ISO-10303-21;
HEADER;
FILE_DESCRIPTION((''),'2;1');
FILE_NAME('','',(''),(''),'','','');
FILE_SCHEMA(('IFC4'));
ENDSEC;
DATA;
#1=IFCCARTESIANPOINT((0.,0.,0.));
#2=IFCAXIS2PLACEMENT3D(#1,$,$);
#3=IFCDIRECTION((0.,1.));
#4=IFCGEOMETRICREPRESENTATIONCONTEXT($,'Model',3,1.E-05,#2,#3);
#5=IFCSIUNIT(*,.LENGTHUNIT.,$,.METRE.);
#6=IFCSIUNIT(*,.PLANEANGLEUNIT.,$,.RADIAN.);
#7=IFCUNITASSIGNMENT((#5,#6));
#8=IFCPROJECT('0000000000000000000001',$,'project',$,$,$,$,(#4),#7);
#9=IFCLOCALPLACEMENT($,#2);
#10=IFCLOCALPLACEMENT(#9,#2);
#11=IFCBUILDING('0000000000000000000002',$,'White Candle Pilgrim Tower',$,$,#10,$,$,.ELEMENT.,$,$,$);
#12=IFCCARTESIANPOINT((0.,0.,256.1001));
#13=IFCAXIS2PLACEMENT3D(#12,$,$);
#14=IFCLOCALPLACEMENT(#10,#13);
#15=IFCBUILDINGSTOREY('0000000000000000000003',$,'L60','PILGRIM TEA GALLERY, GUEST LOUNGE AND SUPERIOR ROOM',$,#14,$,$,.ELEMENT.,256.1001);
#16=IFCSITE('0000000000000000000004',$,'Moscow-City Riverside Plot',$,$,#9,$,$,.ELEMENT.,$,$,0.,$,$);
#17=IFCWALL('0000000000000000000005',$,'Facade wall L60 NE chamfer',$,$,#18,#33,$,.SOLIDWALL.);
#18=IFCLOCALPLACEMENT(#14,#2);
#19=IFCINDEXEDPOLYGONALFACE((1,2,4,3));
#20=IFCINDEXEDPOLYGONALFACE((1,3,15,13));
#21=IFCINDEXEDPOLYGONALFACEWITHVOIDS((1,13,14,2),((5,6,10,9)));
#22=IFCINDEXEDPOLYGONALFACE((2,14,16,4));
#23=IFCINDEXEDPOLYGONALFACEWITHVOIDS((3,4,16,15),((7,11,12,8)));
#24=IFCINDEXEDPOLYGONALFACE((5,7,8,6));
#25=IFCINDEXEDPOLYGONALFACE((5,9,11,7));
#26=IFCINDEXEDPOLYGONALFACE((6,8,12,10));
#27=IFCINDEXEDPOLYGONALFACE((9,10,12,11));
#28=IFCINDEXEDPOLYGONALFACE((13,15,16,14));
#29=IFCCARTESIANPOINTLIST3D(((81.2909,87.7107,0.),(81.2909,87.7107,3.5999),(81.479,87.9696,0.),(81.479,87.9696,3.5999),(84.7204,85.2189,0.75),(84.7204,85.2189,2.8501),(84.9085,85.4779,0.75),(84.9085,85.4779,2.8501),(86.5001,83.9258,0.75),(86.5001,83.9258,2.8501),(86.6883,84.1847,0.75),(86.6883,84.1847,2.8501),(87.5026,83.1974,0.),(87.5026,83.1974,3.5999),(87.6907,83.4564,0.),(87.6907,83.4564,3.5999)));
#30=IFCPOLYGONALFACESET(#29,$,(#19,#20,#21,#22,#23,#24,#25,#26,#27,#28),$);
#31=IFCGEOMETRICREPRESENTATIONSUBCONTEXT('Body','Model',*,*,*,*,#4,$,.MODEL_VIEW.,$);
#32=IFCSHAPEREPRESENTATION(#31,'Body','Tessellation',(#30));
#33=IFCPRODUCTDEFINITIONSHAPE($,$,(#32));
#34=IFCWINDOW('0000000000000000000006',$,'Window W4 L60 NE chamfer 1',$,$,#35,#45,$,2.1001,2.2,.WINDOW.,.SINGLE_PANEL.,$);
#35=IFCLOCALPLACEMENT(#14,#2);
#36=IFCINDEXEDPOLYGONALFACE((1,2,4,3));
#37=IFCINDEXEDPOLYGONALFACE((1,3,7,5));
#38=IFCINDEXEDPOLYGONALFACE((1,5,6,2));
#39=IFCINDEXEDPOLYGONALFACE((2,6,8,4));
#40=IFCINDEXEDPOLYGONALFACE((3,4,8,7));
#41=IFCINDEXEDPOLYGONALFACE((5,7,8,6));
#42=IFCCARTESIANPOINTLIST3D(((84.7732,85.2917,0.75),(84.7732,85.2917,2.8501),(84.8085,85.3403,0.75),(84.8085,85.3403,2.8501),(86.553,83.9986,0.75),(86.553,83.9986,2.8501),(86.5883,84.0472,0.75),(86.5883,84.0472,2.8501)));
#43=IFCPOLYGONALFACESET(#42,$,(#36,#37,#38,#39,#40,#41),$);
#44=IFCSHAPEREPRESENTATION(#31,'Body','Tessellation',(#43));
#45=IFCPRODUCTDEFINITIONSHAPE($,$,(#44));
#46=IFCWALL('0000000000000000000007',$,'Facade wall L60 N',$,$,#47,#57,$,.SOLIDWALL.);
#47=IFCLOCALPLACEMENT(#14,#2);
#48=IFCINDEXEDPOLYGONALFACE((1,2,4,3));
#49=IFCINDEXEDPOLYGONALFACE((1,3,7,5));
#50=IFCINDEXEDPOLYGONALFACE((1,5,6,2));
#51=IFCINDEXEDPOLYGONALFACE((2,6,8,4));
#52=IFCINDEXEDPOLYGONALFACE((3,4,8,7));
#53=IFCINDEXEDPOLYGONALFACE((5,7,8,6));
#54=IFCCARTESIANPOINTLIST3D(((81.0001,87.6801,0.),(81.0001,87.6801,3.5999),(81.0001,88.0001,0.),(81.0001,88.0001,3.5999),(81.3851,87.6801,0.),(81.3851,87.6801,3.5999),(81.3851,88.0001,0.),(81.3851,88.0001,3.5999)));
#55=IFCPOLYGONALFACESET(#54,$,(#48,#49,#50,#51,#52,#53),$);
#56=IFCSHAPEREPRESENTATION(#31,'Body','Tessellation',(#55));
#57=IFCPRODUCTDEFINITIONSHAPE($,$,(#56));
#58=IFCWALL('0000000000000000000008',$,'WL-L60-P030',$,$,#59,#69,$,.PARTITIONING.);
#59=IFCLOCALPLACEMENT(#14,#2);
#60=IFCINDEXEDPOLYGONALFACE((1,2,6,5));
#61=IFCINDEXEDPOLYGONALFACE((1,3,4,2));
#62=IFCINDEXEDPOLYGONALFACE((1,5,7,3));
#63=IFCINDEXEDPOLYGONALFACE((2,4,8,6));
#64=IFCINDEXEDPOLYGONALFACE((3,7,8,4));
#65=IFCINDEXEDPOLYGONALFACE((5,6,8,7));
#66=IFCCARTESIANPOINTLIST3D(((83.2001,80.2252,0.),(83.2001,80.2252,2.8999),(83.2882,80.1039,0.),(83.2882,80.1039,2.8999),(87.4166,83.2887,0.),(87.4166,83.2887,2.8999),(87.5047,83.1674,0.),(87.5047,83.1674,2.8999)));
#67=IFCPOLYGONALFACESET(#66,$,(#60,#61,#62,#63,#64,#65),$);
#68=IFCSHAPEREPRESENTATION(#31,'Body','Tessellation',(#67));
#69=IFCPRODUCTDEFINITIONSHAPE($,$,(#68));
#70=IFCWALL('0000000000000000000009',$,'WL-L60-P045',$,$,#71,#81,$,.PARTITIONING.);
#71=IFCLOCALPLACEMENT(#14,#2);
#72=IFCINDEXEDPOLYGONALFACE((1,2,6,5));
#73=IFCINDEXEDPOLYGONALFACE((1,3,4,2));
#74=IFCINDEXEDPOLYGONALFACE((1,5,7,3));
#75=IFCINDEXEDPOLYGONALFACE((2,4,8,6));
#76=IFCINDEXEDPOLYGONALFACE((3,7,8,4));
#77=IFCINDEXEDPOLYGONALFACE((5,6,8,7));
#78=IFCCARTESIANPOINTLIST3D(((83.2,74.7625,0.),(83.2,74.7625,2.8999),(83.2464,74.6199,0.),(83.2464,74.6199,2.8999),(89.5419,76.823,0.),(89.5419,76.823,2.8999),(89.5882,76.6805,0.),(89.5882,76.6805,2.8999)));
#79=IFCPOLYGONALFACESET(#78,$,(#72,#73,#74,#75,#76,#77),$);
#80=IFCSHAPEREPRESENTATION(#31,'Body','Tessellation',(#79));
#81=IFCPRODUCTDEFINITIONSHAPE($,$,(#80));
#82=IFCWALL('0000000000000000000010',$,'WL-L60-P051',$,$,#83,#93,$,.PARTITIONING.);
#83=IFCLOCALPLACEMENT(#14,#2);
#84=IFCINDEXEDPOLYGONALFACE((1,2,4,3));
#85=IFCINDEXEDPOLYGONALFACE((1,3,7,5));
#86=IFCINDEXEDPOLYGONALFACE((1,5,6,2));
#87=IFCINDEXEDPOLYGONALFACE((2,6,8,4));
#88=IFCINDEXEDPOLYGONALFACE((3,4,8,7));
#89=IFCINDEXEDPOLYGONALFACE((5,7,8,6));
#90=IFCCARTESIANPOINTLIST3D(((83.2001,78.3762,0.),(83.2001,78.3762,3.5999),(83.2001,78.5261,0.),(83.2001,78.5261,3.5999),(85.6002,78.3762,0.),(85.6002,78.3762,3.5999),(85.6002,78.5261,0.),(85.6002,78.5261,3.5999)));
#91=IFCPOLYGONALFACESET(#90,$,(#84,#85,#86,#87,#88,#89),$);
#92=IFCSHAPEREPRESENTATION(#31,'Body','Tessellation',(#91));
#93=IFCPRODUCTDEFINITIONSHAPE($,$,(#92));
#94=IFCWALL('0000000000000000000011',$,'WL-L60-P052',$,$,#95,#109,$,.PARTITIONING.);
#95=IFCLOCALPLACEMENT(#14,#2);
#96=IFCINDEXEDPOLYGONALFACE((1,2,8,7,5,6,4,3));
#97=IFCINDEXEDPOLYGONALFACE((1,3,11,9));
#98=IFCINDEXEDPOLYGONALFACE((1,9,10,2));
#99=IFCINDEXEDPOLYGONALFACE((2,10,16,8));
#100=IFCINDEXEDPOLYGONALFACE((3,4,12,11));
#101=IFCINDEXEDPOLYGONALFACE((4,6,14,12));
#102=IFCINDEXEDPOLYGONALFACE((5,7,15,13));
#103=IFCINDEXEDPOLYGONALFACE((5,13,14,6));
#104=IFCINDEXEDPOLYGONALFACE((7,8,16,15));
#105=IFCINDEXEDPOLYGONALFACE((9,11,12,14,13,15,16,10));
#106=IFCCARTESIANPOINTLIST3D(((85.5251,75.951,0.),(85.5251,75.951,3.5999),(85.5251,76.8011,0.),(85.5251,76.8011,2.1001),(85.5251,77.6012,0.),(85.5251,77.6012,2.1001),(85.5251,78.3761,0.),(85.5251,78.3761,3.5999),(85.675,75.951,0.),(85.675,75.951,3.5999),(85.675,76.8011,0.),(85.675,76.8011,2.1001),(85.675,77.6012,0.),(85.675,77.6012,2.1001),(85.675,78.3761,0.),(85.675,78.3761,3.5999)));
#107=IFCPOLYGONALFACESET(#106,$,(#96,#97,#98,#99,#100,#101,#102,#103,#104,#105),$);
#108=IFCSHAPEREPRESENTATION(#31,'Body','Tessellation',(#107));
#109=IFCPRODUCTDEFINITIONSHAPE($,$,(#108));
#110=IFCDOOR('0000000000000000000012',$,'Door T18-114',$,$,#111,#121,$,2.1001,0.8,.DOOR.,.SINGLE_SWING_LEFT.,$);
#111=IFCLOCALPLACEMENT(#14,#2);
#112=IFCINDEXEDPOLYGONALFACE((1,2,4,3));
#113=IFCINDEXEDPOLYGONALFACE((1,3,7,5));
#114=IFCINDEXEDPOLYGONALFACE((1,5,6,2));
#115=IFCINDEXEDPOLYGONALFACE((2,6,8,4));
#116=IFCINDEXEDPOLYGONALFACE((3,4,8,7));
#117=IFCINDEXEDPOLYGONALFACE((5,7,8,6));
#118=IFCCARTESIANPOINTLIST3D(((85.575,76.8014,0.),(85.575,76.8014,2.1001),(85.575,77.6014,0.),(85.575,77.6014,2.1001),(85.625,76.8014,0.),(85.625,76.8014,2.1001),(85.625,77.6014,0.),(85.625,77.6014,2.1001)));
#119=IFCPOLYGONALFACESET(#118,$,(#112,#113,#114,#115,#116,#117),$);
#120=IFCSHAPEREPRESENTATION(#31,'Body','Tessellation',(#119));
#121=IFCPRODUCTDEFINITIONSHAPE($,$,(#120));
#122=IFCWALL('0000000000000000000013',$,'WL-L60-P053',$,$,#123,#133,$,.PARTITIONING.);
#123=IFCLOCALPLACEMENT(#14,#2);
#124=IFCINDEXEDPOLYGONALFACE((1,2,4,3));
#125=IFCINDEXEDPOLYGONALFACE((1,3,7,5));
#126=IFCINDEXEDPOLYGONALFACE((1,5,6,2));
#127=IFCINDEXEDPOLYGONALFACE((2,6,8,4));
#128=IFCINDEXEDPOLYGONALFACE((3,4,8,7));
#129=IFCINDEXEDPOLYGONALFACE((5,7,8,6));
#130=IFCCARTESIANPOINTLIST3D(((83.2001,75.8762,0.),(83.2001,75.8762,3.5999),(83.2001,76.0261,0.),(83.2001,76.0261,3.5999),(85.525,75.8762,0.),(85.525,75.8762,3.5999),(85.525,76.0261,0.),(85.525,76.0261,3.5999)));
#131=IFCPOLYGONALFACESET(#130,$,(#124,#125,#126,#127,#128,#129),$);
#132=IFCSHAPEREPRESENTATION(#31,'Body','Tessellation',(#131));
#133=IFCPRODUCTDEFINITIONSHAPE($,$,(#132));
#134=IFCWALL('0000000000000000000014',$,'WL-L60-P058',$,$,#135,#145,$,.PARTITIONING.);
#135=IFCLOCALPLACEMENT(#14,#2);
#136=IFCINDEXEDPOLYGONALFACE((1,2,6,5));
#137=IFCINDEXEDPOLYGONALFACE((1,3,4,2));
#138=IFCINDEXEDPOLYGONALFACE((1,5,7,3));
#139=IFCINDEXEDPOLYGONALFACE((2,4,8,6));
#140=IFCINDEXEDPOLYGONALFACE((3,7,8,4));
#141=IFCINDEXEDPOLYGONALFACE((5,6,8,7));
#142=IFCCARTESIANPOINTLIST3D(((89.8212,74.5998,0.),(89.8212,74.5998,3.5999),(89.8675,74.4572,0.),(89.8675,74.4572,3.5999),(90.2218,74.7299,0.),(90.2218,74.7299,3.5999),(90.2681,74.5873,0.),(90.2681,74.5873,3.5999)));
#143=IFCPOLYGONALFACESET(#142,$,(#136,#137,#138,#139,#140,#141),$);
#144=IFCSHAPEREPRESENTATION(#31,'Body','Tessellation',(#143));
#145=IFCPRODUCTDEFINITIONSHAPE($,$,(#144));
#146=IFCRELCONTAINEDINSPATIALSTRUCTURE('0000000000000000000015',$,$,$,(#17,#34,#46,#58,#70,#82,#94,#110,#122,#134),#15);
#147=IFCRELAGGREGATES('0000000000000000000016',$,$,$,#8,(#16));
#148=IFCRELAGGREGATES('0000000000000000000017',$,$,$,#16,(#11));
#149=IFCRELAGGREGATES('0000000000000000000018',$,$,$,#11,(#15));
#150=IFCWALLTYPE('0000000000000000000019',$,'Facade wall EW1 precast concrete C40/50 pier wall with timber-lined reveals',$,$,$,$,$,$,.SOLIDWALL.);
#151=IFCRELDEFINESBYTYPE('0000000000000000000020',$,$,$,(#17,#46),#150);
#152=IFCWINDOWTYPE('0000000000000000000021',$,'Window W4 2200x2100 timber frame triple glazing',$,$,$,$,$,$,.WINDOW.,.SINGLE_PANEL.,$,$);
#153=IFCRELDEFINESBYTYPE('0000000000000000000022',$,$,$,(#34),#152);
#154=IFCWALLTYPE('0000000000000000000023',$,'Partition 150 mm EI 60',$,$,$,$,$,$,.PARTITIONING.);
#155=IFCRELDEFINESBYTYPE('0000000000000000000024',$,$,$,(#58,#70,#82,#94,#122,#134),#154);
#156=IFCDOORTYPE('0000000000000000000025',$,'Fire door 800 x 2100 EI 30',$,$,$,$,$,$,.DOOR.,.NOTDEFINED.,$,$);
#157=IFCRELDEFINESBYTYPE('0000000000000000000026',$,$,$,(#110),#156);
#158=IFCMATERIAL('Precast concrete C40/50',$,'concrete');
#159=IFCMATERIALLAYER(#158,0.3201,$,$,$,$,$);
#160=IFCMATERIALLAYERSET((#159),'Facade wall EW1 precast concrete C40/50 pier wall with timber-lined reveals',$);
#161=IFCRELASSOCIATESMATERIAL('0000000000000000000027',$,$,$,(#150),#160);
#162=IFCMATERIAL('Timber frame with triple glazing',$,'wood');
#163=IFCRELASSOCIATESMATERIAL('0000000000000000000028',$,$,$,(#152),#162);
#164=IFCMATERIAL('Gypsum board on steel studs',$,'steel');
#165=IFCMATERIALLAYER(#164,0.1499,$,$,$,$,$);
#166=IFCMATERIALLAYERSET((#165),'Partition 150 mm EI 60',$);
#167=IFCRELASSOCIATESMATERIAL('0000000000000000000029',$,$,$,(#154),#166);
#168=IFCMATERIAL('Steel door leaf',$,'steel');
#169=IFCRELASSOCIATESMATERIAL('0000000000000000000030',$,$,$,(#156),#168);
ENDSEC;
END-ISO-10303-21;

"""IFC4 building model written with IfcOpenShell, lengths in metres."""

from ifc_helpers import new_model, si_unit, direction, frame, frame_2d, origin, place, context, subcontext, project, spatial, rectangle, extrude, material, layer, layer_set, type_object, element, fill, save


model = new_model("IFC4")

# Units and contexts
model_context = context("Model", 3, precision=1e-05, world=origin(), true_north=direction((0.0, 1.0)))
body_context = subcontext(model_context, "Body", "Model", "MODEL_VIEW")
ifc_project = project(units=[si_unit("LENGTHUNIT", "METRE"), si_unit("PLANEANGLEUNIT", "RADIAN")], contexts=[model_context])

# Site, building, storey
site_placement = place(None, origin())
site = spatial("IfcSite", under=ifc_project, at=site_placement, Name="Moscow-City Riverside Plot", CompositionType="ELEMENT", RefElevation=0.0)
building_placement = place(site_placement, origin())
building = spatial("IfcBuilding", under=site, at=building_placement, Name="White Candle Pilgrim Tower", CompositionType="ELEMENT")
storey_placement = place(building_placement, frame((0.0, 0.0, 256.1001)))
storey = spatial("IfcBuildingStorey", under=building, at=storey_placement, Name="L60", Description="PILGRIM TEA GALLERY, GUEST LOUNGE AND SUPERIOR ROOM", CompositionType="ELEMENT", Elevation=256.1001)

# Shared definitions
ifc_material_1 = material(Name="Steel door leaf", Category="steel")

# Shared definitions
ifc_material_2 = material(Name="Gypsum board on steel studs", Category="steel")

# Wall, opening, window
ifc_material_3 = material(Name="Precast concrete C40/50", Category="concrete")
ifc_layer_1 = layer(ifc_material_3, 0.3201)
ifc_layer_set_1 = layer_set([ifc_layer_1], Name="Facade wall EW1 precast concrete C40/50 pier wall with timber-lined reveals")
wall_type_1 = type_object("IfcWallType", Name="Facade wall EW1 precast concrete C40/50 pier wall with timber-lined reveals", PredefinedType="SOLIDWALL", material=ifc_layer_set_1)
wall_1_placement = place(storey_placement, frame((87.5967, 83.3269, 0.0), z_axis=(0.0, 0.0, 1.0), x_axis=(-0.809008, 0.587797, 0.0)))
wall_1 = element("IfcWall", 1, at=wall_1_placement, inside=storey, type_object=wall_type_1, Name="Facade wall L60 NE chamfer", PredefinedType="SOLIDWALL", context=body_context, shape_type="SweptSolid", body=[
    extrude(rectangle(XDim=7.6782, YDim=0.3201, at=frame_2d((3.8391, 0.0))), origin(), (0.0, 0.0, 1.0), 3.5999),
])
opening_1_placement = place(wall_1_placement, frame((1.239, 0.0, 0.75)))
opening_1 = element("IfcOpeningElement", 2, at=opening_1_placement, cuts=wall_1, PredefinedType="OPENING", context=body_context, shape_type="SweptSolid", body=[
    extrude(rectangle(XDim=2.2, YDim=2.1001, at=frame_2d((1.1001, 1.05))), frame((0.0, 0.1699, 0.0), z_axis=(0.0, -1.0, 0.0), x_axis=(1.0, 0.0, 0.0)), (0.0, 0.0, 1.0), 0.3401),
])
ifc_material_4 = material(Name="Timber frame with triple glazing", Category="wood")
window_type = type_object("IfcWindowType", Name="Window W4 2200x2100 timber frame triple glazing", PartitioningType="SINGLE_PANEL", PredefinedType="WINDOW", material=ifc_material_4)
window_placement = place(opening_1_placement, origin())
window = element("IfcWindow", 3, at=window_placement, inside=storey, type_object=window_type, Name="Window W4 L60 NE chamfer 1", OverallHeight=2.1001, OverallWidth=2.2, PartitioningType="SINGLE_PANEL", PredefinedType="WINDOW", context=body_context, shape_type="SweptSolid", body=[
    extrude(rectangle(XDim=2.2, YDim=2.1001, at=frame_2d((1.1001, 1.05))), frame((0.0, 0.0701, 0.0), z_axis=(0.0, -1.0, 0.0), x_axis=(1.0, 0.0, 0.0)), (0.0, 0.0, 1.0), 0.0601),
])
fill(opening_1, window)

# Walls
wall_2_placement = place(storey_placement, frame((81.385, 87.8401, 0.0), z_axis=(0.0, 0.0, 1.0), x_axis=(-1.0, 0.0, 0.0)))
element("IfcWall", 4, at=wall_2_placement, inside=storey, type_object=wall_type_1, Name="Facade wall L60 N", PredefinedType="SOLIDWALL", context=body_context, shape_type="SweptSolid", body=[
    extrude(rectangle(XDim=0.385, YDim=0.3201, at=frame_2d((0.1924, 0.0))), origin(), (0.0, 0.0, 1.0), 3.5999),
])
ifc_layer_2 = layer(ifc_material_2, 0.1499)
ifc_layer_set_2 = layer_set([ifc_layer_2], Name="Partition 150 mm EI 60")
wall_type_2 = type_object("IfcWallType", Name="Partition 150 mm EI 60", PredefinedType="PARTITIONING", material=ifc_layer_set_2)
wall_3_placement = place(storey_placement, frame((87.4607, 83.228, 0.0), z_axis=(0.0, 0.0, 1.0), x_axis=(-0.80902, -0.587782, 0.0)))
element("IfcWall", 5, at=wall_3_placement, inside=storey, type_object=wall_type_2, Name="WL-L60-P030", PredefinedType="PARTITIONING", context=body_context, shape_type="SweptSolid", body=[
    extrude(rectangle(XDim=5.2119, YDim=0.1499, at=frame_2d((2.606, 0.0))), origin(), (0.0, 0.0, 1.0), 2.8999),
])
wall_4_placement = place(storey_placement, frame((89.5649, 76.7517, 0.0), z_axis=(0.0, 0.0, 1.0), x_axis=(-0.951058, -0.309013, 0.0)))
element("IfcWall", 6, at=wall_4_placement, inside=storey, type_object=wall_type_2, Name="WL-L60-P045", PredefinedType="PARTITIONING", context=body_context, shape_type="SweptSolid", body=[
    extrude(rectangle(XDim=6.6682, YDim=0.1499, at=frame_2d((3.334, 0.0))), origin(), (0.0, 0.0, 1.0), 2.8999),
])
wall_5_placement = place(storey_placement, frame((83.2, 78.4512, 0.0), z_axis=(0.0, 0.0, 1.0), x_axis=(1.0, 0.0, 0.0)))
element("IfcWall", 7, at=wall_5_placement, inside=storey, type_object=wall_type_2, Name="WL-L60-P051", PredefinedType="PARTITIONING", context=body_context, shape_type="SweptSolid", body=[
    extrude(rectangle(XDim=2.4001, YDim=0.1499, at=frame_2d((1.2002, 0.0))), origin(), (0.0, 0.0, 1.0), 3.5999),
])

# Wall, opening, door
wall_6_placement = place(storey_placement, frame((85.6001, 75.9512, 0.0), z_axis=(0.0, 0.0, 1.0), x_axis=(0.0, 1.0, 0.0)))
wall_6 = element("IfcWall", 8, at=wall_6_placement, inside=storey, type_object=wall_type_2, Name="WL-L60-P052", PredefinedType="PARTITIONING", context=body_context, shape_type="SweptSolid", body=[
    extrude(rectangle(XDim=2.425, YDim=0.1499, at=frame_2d((1.2124, 0.0))), origin(), (0.0, 0.0, 1.0), 3.5999),
])
opening_2_placement = place(wall_6_placement, frame((0.8501, 0.0, 0.0)))
opening_2 = element("IfcOpeningElement", 9, at=opening_2_placement, cuts=wall_6, PredefinedType="OPENING", context=body_context, shape_type="SweptSolid", body=[
    extrude(rectangle(XDim=0.8, YDim=2.1001, at=frame_2d((0.3999, 1.05))), frame((0.0, 0.085, 0.0), z_axis=(0.0, -1.0, 0.0), x_axis=(1.0, 0.0, 0.0)), (0.0, 0.0, 1.0), 0.1699),
])
door_type_1 = type_object("IfcDoorType", Name="Fire door 800 x 2100 EI 30", OperationType="NOTDEFINED", PredefinedType="DOOR", material=ifc_material_1)
door_1_placement = place(opening_2_placement, frame((0.8, 0.0, 0.0), z_axis=(0.0, 0.0, 1.0), x_axis=(-1.0, 0.0, 0.0)))
door_1 = element("IfcDoor", 10, at=door_1_placement, inside=storey, type_object=door_type_1, Name="Door T18-114", OperationType="SINGLE_SWING_LEFT", OverallHeight=2.1001, OverallWidth=0.8, PredefinedType="DOOR", context=body_context, shape_type="SweptSolid", body=[
    extrude(rectangle(XDim=0.8, YDim=2.1001, at=frame_2d((0.3999, 1.05))), frame((0.0, 0.0249, 0.0), z_axis=(0.0, -1.0, 0.0), x_axis=(1.0, 0.0, 0.0)), (0.0, 0.0, 1.0), 0.05),
])
fill(opening_2, door_1)

# Walls
wall_7_placement = place(storey_placement, frame((83.2, 75.9512, 0.0), z_axis=(0.0, 0.0, 1.0), x_axis=(1.0, 0.0, 0.0)))
element("IfcWall", 11, at=wall_7_placement, inside=storey, type_object=wall_type_2, Name="WL-L60-P053", PredefinedType="PARTITIONING", context=body_context, shape_type="SweptSolid", body=[
    extrude(rectangle(XDim=2.325, YDim=0.1499, at=frame_2d((1.1626, 0.0))), origin(), (0.0, 0.0, 1.0), 3.5999),
])
wall_8_placement = place(storey_placement, frame((89.8445, 74.5286, 0.0), z_axis=(0.0, 0.0, 1.0), x_axis=(0.951089, 0.308916, 0.0)))
element("IfcWall", 12, at=wall_8_placement, inside=storey, type_object=wall_type_2, Name="WL-L60-P058", PredefinedType="PARTITIONING", context=body_context, shape_type="SweptSolid", body=[
    extrude(rectangle(XDim=0.4211, YDim=0.1499, at=frame_2d((0.2104, 0.0))), origin(), (0.0, 0.0, 1.0), 3.5999),
])

save(model, "model.ifc")
